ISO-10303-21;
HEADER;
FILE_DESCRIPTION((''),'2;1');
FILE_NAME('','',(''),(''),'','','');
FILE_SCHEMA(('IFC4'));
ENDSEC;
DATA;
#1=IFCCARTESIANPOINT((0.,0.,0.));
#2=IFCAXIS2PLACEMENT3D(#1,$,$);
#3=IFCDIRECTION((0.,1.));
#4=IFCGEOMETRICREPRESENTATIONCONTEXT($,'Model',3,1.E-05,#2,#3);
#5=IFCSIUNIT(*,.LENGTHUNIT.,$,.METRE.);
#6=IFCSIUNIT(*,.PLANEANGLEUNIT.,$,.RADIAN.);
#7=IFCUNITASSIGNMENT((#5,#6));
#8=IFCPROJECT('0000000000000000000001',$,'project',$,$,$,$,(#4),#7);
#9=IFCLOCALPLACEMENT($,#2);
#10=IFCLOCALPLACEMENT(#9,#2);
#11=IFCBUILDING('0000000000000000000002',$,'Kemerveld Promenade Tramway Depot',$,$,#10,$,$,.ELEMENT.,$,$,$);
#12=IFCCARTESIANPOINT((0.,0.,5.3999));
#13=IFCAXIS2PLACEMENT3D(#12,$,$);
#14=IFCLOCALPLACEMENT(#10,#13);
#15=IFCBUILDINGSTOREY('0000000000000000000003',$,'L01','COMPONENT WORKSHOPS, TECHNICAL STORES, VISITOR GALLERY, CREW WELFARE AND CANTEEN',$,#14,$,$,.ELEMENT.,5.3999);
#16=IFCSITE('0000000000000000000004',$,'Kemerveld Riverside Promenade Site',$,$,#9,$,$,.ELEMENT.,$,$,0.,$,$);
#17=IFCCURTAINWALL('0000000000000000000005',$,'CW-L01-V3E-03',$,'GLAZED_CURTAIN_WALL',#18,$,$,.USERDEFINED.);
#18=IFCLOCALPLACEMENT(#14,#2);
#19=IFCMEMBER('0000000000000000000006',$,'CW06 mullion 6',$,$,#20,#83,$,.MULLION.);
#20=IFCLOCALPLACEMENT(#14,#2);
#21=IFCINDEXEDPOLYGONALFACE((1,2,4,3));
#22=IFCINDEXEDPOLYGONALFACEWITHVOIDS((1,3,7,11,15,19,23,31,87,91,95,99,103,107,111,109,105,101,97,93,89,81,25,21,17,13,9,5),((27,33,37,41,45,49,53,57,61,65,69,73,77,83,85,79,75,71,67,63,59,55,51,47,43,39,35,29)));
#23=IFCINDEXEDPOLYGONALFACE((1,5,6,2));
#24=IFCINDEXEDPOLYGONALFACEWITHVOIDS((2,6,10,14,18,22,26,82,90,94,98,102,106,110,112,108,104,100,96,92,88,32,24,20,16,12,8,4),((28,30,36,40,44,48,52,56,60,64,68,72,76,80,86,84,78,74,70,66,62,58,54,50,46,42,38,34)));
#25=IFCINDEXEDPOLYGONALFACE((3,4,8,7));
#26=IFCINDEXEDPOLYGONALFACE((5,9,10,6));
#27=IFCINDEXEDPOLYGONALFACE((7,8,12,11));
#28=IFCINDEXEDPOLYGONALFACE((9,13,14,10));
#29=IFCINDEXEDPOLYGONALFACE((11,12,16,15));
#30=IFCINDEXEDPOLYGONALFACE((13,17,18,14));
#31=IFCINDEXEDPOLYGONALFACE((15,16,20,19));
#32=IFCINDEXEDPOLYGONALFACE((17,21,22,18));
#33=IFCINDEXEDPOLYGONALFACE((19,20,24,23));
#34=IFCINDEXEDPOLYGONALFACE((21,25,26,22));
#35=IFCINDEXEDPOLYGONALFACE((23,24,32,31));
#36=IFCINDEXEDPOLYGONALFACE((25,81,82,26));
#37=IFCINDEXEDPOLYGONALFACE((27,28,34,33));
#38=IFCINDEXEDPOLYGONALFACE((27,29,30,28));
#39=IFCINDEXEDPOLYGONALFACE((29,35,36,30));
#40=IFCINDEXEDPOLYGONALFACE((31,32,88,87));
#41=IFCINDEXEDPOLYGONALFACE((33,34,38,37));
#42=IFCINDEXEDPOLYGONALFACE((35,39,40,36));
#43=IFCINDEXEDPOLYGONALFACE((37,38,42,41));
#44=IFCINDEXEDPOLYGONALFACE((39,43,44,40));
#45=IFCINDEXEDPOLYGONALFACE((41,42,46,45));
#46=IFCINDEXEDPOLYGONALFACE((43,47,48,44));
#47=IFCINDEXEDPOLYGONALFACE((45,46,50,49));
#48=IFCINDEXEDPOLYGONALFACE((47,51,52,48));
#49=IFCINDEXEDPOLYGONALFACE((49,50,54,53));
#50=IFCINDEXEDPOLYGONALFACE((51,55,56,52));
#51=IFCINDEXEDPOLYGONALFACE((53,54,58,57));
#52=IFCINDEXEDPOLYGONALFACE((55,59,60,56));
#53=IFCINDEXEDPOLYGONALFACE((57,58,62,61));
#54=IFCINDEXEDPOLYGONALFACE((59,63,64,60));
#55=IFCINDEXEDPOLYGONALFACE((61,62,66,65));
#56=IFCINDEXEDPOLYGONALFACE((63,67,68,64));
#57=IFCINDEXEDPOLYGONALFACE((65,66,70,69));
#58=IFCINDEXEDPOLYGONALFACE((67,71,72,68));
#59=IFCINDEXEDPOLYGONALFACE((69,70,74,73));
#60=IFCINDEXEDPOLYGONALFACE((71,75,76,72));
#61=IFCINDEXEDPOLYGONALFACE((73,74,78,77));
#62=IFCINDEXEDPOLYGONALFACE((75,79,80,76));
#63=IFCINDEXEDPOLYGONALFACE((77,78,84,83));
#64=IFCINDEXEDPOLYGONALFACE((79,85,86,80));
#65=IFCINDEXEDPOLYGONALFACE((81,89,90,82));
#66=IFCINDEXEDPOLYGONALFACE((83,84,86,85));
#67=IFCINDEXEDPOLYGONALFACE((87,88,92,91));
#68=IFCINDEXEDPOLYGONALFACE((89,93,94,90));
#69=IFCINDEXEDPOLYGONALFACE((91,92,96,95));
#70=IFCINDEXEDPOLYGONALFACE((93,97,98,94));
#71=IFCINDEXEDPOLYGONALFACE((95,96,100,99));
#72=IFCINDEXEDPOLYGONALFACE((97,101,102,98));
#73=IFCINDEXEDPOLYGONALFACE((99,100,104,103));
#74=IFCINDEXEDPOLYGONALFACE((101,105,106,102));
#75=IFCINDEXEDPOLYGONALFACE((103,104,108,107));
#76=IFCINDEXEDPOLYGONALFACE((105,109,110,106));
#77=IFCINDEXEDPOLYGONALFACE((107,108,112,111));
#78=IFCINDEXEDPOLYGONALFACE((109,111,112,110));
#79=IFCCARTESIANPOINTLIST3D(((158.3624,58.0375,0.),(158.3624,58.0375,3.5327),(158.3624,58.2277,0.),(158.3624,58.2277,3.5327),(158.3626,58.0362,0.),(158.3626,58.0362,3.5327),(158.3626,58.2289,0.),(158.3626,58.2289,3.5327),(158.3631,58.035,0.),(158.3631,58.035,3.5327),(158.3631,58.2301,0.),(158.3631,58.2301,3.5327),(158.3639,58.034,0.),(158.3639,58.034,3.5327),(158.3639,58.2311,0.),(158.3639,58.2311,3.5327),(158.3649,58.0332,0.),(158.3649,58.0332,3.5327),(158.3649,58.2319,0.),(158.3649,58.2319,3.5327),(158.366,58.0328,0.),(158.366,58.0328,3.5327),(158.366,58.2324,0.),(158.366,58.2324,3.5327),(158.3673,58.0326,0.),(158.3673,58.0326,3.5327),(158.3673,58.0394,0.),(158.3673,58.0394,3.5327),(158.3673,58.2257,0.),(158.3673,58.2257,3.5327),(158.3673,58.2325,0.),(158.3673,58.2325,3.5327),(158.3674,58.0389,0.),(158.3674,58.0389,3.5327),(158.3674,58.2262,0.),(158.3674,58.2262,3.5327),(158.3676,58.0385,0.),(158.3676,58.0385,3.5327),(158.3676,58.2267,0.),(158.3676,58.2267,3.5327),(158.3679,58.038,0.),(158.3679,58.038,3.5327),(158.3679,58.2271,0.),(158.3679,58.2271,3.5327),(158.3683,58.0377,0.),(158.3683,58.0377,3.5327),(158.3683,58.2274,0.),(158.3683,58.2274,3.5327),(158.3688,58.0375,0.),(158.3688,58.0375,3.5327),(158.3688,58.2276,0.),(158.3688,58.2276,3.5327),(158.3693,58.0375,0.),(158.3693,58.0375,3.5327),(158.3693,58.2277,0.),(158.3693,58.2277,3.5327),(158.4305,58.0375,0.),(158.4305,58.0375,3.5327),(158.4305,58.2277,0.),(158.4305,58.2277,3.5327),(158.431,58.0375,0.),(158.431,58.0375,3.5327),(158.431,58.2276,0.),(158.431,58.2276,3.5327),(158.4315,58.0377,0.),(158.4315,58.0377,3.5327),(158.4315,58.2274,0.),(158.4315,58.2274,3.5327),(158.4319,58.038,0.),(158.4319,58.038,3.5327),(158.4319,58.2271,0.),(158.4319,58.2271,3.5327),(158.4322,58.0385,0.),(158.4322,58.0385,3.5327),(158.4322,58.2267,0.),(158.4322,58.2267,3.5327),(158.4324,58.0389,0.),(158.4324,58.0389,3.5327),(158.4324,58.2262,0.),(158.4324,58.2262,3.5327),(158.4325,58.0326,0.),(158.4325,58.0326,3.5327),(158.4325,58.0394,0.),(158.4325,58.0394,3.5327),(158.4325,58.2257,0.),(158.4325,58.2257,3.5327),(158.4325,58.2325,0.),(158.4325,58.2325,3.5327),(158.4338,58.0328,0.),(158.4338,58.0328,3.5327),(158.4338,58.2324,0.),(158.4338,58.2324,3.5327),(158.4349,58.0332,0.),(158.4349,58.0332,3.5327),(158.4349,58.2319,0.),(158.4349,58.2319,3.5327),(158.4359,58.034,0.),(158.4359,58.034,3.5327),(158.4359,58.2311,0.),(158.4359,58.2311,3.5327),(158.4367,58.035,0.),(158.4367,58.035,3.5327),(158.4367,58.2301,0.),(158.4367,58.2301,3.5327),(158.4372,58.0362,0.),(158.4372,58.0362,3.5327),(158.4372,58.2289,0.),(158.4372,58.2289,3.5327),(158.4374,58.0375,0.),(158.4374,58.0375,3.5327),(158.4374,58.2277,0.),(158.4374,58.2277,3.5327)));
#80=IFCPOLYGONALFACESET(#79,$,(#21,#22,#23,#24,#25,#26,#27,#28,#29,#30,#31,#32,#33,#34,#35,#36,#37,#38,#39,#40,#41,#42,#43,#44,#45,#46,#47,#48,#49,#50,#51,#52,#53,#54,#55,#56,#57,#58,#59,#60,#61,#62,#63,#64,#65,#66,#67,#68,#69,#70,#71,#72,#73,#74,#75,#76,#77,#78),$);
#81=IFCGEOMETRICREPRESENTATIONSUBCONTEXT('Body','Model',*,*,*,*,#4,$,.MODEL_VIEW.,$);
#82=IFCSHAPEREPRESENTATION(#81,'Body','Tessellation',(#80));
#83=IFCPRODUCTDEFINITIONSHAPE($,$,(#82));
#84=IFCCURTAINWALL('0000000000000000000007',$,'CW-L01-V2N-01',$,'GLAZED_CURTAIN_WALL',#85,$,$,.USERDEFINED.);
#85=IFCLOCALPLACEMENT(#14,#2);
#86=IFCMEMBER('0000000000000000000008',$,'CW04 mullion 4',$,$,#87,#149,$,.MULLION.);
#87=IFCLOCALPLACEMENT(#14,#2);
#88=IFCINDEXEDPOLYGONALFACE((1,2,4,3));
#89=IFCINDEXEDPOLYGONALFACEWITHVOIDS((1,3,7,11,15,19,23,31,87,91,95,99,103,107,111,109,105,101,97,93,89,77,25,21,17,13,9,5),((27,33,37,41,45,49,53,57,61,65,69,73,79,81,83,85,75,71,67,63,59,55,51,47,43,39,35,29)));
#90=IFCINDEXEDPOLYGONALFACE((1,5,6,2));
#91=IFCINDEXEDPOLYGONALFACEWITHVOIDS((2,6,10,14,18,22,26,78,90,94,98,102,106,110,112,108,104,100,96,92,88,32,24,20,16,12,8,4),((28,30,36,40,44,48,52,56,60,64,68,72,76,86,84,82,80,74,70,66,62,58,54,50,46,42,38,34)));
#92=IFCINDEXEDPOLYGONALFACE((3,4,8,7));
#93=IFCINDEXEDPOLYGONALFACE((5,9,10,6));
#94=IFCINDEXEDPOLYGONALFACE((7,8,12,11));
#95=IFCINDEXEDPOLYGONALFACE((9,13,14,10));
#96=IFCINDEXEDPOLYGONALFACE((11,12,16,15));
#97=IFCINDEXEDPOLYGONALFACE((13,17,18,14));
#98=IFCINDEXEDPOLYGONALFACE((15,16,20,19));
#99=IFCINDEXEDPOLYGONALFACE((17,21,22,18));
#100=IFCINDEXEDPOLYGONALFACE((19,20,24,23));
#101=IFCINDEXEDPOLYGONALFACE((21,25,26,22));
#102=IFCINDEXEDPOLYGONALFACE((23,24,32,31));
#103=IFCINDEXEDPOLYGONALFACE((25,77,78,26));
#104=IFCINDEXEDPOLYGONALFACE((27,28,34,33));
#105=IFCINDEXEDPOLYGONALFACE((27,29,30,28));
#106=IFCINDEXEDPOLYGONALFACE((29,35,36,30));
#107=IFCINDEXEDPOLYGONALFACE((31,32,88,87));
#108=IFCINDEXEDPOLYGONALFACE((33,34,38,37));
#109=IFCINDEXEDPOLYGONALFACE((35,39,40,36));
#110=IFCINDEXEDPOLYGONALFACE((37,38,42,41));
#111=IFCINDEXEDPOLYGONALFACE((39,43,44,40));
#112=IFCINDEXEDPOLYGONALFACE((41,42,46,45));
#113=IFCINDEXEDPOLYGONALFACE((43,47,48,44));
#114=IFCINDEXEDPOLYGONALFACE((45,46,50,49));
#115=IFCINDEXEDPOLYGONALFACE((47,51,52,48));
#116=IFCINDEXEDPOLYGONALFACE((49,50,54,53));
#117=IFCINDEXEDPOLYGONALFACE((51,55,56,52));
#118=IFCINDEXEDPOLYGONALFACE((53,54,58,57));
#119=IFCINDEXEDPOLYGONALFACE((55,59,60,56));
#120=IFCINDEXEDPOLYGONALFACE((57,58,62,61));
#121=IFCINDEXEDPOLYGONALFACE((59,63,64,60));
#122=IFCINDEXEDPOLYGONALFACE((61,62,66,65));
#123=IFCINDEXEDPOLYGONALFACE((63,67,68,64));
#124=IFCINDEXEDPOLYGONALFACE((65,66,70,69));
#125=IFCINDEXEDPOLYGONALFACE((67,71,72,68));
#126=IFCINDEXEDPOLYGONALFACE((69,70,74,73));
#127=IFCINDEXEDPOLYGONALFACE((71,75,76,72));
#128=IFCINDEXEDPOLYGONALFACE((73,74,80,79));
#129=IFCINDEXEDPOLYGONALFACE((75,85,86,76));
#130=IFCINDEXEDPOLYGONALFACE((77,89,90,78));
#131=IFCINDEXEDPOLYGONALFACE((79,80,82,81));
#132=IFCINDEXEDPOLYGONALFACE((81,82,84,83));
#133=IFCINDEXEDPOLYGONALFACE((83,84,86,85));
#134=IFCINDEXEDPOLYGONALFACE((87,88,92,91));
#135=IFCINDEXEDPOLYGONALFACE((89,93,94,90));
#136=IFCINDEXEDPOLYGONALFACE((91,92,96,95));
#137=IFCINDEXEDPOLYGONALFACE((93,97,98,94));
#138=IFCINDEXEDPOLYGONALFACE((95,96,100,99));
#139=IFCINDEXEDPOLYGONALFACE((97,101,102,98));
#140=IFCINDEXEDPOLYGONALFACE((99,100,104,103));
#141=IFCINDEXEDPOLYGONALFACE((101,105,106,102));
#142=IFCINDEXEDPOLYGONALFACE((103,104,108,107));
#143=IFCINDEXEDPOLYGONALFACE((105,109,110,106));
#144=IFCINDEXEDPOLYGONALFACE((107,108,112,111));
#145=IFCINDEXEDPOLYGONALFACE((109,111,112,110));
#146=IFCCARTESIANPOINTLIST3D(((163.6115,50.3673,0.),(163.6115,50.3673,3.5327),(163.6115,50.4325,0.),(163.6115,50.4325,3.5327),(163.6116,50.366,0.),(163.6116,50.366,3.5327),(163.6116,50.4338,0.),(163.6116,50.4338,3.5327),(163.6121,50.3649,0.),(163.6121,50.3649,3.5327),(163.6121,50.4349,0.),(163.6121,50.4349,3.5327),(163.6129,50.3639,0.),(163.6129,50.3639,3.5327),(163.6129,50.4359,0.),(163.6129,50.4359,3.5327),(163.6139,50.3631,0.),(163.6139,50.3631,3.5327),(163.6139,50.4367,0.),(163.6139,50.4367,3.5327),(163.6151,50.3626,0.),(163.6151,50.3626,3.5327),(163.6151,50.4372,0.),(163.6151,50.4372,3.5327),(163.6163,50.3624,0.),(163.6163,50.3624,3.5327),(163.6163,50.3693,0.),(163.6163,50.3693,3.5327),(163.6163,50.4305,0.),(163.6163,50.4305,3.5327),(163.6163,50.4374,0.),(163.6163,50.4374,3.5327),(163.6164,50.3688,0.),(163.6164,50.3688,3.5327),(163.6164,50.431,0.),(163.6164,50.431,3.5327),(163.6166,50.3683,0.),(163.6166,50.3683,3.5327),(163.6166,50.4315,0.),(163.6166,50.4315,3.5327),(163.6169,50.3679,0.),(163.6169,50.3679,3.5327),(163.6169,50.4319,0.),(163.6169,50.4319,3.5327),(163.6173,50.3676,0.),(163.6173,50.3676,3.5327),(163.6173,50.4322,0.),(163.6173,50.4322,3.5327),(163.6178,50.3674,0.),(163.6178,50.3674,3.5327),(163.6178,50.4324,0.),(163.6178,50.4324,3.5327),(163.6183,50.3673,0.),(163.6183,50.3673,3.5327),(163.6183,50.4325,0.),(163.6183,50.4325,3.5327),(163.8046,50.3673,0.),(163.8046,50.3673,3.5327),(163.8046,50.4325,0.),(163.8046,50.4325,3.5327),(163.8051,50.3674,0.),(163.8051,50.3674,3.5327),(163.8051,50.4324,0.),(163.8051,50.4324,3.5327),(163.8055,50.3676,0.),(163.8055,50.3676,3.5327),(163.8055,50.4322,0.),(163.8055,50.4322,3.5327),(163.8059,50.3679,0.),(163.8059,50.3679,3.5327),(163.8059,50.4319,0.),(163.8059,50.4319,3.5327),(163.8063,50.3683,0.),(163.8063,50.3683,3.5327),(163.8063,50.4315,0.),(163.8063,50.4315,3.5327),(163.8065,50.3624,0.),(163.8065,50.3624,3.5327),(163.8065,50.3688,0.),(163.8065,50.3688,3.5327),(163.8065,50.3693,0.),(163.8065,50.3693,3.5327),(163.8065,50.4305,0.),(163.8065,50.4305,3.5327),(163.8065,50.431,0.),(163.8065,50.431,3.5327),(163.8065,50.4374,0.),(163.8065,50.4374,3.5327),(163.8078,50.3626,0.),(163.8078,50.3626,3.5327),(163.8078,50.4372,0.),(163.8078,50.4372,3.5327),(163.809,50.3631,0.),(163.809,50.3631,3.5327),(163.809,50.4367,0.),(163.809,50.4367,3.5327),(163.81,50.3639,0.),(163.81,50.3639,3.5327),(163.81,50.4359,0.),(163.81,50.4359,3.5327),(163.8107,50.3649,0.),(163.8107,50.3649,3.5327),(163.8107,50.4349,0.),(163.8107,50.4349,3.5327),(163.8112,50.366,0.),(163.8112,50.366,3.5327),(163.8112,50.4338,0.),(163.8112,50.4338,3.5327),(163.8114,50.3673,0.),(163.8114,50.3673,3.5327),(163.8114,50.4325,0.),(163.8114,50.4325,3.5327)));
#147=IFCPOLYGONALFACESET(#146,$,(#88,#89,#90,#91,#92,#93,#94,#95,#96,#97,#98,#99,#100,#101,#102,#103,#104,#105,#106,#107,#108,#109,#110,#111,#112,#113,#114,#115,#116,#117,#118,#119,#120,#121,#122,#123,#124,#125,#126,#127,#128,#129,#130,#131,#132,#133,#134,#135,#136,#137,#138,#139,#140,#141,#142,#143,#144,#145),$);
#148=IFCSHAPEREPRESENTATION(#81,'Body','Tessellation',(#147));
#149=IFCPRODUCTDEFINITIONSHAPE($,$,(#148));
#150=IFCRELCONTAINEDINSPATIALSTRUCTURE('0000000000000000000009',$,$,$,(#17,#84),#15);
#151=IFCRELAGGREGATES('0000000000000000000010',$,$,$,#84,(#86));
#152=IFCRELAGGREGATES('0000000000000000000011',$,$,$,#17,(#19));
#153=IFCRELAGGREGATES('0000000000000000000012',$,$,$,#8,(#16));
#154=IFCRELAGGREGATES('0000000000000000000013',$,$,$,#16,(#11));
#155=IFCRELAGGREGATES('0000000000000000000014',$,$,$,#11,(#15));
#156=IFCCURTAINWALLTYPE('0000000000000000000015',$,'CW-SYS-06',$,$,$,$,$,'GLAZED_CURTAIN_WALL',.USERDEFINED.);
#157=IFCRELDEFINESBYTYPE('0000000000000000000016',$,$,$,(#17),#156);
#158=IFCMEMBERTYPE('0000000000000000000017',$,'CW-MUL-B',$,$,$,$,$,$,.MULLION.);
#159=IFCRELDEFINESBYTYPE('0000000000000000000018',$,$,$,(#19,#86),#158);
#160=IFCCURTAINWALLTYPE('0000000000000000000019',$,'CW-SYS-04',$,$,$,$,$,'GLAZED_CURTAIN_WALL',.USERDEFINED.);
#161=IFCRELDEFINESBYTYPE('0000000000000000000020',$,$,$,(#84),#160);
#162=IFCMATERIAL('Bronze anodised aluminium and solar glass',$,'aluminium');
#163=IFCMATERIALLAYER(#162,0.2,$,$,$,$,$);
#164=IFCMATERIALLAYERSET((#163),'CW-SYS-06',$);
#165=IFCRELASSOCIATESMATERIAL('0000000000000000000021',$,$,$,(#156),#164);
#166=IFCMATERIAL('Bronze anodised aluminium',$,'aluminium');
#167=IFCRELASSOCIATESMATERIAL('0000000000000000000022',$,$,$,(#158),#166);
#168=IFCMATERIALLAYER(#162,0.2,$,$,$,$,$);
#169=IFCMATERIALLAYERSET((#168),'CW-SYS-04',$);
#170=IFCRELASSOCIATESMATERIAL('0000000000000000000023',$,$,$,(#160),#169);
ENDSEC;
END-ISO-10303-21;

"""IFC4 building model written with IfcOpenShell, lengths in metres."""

from ifc_helpers import new_model, si_unit, direction, frame, origin, origin_2d, place, context, subcontext, project, spatial, hollow_rectangle, extrude, material, layer, layer_set, material_profile, profile_set, type_object, element, aggregate, save


model = new_model("IFC4")

# Units and contexts
model_context = context("Model", 3, precision=1e-05, world=origin(), true_north=direction((0.0, 1.0)))
body_context = subcontext(model_context, "Body", "Model", "MODEL_VIEW")
ifc_project = project(units=[si_unit("LENGTHUNIT", "METRE"), si_unit("PLANEANGLEUNIT", "RADIAN")], contexts=[model_context])

# Site, building, storey
site_placement = place(None, origin())
site = spatial("IfcSite", under=ifc_project, at=site_placement, Name="Kemerveld Riverside Promenade Site", CompositionType="ELEMENT", RefElevation=0.0)
building_placement = place(site_placement, origin())
building = spatial("IfcBuilding", under=site, at=building_placement, Name="Kemerveld Promenade Tramway Depot", CompositionType="ELEMENT")
storey_placement = place(building_placement, frame((0.0, 0.0, 5.3999)))
storey = spatial("IfcBuildingStorey", under=building, at=storey_placement, Name="L01", Description="COMPONENT WORKSHOPS, TECHNICAL STORES, VISITOR GALLERY, CREW WELFARE AND CANTEEN", CompositionType="ELEMENT", Elevation=5.3999)

# Curtain walls, members
ifc_material_1 = material(Name="Bronze anodised aluminium and solar glass", Category="aluminium")
ifc_layer_1 = layer(ifc_material_1, 0.2)
ifc_layer_set_1 = layer_set([ifc_layer_1], Name="CW-SYS-06")
curtain_wall_type_1 = type_object("IfcCurtainWallType", Name="CW-SYS-06", ElementType="GLAZED_CURTAIN_WALL", PredefinedType="USERDEFINED", material=ifc_layer_set_1)
curtain_wall_1_placement = place(storey_placement, origin())
curtain_wall_1 = element("IfcCurtainWall", 1, at=curtain_wall_1_placement, inside=storey, type_object=curtain_wall_type_1, Name="CW-L01-V3E-03", ObjectType="GLAZED_CURTAIN_WALL", PredefinedType="USERDEFINED")
ifc_material_2 = material(Name="Bronze anodised aluminium", Category="aluminium")
ifc_material_profile_1 = material_profile(ifc_material_2, hollow_rectangle(XDim=0.075, YDim=0.2, WallThickness=0.0049, InnerFilletRadius=0.002, OuterFilletRadius=0.0049, at=origin_2d()), Name="CW-MUL-200x75")
ifc_profile_set_1 = profile_set([ifc_material_profile_1], Name="Bronze anodised aluminium")
member_type_1 = type_object("IfcMemberType", Name="CW-MUL-B", PredefinedType="MULLION", material=ifc_profile_set_1)
member_1_placement = place(storey_placement, frame((158.3999, 58.1326, 0.0), z_axis=(0.0, 0.0, 1.0), x_axis=(1.0, 0.0, 0.0)))
member_1 = element("IfcMember", 2, at=member_1_placement, type_object=member_type_1, Name="CW06 mullion 6", PredefinedType="MULLION", context=body_context, shape_type="SweptSolid", body=[
    extrude(hollow_rectangle(XDim=0.075, YDim=0.2, WallThickness=0.0049, InnerFilletRadius=0.002, OuterFilletRadius=0.0049, at=origin_2d()), origin(), (0.0, 0.0, 1.0), 3.5327),
])
ifc_layer_2 = layer(ifc_material_1, 0.2)
ifc_layer_set_2 = layer_set([ifc_layer_2], Name="CW-SYS-04")
curtain_wall_type_2 = type_object("IfcCurtainWallType", Name="CW-SYS-04", ElementType="GLAZED_CURTAIN_WALL", PredefinedType="USERDEFINED", material=ifc_layer_set_2)
curtain_wall_2_placement = place(storey_placement, origin())
curtain_wall_2 = element("IfcCurtainWall", 3, at=curtain_wall_2_placement, inside=storey, type_object=curtain_wall_type_2, Name="CW-L01-V2N-01", ObjectType="GLAZED_CURTAIN_WALL", PredefinedType="USERDEFINED")
member_2_placement = place(storey_placement, frame((163.7114, 50.3999, 0.0), z_axis=(0.0, 0.0, 1.0), x_axis=(0.0, 1.0, 0.0)))
member_2 = element("IfcMember", 4, at=member_2_placement, type_object=member_type_1, Name="CW04 mullion 4", PredefinedType="MULLION", context=body_context, shape_type="SweptSolid", body=[
    extrude(hollow_rectangle(XDim=0.075, YDim=0.2, WallThickness=0.0049, InnerFilletRadius=0.002, OuterFilletRadius=0.0049, at=origin_2d()), origin(), (0.0, 0.0, 1.0), 3.5327),
])

aggregate(curtain_wall_2, [member_2])
aggregate(curtain_wall_1, [member_1])

save(model, "model.ifc")
